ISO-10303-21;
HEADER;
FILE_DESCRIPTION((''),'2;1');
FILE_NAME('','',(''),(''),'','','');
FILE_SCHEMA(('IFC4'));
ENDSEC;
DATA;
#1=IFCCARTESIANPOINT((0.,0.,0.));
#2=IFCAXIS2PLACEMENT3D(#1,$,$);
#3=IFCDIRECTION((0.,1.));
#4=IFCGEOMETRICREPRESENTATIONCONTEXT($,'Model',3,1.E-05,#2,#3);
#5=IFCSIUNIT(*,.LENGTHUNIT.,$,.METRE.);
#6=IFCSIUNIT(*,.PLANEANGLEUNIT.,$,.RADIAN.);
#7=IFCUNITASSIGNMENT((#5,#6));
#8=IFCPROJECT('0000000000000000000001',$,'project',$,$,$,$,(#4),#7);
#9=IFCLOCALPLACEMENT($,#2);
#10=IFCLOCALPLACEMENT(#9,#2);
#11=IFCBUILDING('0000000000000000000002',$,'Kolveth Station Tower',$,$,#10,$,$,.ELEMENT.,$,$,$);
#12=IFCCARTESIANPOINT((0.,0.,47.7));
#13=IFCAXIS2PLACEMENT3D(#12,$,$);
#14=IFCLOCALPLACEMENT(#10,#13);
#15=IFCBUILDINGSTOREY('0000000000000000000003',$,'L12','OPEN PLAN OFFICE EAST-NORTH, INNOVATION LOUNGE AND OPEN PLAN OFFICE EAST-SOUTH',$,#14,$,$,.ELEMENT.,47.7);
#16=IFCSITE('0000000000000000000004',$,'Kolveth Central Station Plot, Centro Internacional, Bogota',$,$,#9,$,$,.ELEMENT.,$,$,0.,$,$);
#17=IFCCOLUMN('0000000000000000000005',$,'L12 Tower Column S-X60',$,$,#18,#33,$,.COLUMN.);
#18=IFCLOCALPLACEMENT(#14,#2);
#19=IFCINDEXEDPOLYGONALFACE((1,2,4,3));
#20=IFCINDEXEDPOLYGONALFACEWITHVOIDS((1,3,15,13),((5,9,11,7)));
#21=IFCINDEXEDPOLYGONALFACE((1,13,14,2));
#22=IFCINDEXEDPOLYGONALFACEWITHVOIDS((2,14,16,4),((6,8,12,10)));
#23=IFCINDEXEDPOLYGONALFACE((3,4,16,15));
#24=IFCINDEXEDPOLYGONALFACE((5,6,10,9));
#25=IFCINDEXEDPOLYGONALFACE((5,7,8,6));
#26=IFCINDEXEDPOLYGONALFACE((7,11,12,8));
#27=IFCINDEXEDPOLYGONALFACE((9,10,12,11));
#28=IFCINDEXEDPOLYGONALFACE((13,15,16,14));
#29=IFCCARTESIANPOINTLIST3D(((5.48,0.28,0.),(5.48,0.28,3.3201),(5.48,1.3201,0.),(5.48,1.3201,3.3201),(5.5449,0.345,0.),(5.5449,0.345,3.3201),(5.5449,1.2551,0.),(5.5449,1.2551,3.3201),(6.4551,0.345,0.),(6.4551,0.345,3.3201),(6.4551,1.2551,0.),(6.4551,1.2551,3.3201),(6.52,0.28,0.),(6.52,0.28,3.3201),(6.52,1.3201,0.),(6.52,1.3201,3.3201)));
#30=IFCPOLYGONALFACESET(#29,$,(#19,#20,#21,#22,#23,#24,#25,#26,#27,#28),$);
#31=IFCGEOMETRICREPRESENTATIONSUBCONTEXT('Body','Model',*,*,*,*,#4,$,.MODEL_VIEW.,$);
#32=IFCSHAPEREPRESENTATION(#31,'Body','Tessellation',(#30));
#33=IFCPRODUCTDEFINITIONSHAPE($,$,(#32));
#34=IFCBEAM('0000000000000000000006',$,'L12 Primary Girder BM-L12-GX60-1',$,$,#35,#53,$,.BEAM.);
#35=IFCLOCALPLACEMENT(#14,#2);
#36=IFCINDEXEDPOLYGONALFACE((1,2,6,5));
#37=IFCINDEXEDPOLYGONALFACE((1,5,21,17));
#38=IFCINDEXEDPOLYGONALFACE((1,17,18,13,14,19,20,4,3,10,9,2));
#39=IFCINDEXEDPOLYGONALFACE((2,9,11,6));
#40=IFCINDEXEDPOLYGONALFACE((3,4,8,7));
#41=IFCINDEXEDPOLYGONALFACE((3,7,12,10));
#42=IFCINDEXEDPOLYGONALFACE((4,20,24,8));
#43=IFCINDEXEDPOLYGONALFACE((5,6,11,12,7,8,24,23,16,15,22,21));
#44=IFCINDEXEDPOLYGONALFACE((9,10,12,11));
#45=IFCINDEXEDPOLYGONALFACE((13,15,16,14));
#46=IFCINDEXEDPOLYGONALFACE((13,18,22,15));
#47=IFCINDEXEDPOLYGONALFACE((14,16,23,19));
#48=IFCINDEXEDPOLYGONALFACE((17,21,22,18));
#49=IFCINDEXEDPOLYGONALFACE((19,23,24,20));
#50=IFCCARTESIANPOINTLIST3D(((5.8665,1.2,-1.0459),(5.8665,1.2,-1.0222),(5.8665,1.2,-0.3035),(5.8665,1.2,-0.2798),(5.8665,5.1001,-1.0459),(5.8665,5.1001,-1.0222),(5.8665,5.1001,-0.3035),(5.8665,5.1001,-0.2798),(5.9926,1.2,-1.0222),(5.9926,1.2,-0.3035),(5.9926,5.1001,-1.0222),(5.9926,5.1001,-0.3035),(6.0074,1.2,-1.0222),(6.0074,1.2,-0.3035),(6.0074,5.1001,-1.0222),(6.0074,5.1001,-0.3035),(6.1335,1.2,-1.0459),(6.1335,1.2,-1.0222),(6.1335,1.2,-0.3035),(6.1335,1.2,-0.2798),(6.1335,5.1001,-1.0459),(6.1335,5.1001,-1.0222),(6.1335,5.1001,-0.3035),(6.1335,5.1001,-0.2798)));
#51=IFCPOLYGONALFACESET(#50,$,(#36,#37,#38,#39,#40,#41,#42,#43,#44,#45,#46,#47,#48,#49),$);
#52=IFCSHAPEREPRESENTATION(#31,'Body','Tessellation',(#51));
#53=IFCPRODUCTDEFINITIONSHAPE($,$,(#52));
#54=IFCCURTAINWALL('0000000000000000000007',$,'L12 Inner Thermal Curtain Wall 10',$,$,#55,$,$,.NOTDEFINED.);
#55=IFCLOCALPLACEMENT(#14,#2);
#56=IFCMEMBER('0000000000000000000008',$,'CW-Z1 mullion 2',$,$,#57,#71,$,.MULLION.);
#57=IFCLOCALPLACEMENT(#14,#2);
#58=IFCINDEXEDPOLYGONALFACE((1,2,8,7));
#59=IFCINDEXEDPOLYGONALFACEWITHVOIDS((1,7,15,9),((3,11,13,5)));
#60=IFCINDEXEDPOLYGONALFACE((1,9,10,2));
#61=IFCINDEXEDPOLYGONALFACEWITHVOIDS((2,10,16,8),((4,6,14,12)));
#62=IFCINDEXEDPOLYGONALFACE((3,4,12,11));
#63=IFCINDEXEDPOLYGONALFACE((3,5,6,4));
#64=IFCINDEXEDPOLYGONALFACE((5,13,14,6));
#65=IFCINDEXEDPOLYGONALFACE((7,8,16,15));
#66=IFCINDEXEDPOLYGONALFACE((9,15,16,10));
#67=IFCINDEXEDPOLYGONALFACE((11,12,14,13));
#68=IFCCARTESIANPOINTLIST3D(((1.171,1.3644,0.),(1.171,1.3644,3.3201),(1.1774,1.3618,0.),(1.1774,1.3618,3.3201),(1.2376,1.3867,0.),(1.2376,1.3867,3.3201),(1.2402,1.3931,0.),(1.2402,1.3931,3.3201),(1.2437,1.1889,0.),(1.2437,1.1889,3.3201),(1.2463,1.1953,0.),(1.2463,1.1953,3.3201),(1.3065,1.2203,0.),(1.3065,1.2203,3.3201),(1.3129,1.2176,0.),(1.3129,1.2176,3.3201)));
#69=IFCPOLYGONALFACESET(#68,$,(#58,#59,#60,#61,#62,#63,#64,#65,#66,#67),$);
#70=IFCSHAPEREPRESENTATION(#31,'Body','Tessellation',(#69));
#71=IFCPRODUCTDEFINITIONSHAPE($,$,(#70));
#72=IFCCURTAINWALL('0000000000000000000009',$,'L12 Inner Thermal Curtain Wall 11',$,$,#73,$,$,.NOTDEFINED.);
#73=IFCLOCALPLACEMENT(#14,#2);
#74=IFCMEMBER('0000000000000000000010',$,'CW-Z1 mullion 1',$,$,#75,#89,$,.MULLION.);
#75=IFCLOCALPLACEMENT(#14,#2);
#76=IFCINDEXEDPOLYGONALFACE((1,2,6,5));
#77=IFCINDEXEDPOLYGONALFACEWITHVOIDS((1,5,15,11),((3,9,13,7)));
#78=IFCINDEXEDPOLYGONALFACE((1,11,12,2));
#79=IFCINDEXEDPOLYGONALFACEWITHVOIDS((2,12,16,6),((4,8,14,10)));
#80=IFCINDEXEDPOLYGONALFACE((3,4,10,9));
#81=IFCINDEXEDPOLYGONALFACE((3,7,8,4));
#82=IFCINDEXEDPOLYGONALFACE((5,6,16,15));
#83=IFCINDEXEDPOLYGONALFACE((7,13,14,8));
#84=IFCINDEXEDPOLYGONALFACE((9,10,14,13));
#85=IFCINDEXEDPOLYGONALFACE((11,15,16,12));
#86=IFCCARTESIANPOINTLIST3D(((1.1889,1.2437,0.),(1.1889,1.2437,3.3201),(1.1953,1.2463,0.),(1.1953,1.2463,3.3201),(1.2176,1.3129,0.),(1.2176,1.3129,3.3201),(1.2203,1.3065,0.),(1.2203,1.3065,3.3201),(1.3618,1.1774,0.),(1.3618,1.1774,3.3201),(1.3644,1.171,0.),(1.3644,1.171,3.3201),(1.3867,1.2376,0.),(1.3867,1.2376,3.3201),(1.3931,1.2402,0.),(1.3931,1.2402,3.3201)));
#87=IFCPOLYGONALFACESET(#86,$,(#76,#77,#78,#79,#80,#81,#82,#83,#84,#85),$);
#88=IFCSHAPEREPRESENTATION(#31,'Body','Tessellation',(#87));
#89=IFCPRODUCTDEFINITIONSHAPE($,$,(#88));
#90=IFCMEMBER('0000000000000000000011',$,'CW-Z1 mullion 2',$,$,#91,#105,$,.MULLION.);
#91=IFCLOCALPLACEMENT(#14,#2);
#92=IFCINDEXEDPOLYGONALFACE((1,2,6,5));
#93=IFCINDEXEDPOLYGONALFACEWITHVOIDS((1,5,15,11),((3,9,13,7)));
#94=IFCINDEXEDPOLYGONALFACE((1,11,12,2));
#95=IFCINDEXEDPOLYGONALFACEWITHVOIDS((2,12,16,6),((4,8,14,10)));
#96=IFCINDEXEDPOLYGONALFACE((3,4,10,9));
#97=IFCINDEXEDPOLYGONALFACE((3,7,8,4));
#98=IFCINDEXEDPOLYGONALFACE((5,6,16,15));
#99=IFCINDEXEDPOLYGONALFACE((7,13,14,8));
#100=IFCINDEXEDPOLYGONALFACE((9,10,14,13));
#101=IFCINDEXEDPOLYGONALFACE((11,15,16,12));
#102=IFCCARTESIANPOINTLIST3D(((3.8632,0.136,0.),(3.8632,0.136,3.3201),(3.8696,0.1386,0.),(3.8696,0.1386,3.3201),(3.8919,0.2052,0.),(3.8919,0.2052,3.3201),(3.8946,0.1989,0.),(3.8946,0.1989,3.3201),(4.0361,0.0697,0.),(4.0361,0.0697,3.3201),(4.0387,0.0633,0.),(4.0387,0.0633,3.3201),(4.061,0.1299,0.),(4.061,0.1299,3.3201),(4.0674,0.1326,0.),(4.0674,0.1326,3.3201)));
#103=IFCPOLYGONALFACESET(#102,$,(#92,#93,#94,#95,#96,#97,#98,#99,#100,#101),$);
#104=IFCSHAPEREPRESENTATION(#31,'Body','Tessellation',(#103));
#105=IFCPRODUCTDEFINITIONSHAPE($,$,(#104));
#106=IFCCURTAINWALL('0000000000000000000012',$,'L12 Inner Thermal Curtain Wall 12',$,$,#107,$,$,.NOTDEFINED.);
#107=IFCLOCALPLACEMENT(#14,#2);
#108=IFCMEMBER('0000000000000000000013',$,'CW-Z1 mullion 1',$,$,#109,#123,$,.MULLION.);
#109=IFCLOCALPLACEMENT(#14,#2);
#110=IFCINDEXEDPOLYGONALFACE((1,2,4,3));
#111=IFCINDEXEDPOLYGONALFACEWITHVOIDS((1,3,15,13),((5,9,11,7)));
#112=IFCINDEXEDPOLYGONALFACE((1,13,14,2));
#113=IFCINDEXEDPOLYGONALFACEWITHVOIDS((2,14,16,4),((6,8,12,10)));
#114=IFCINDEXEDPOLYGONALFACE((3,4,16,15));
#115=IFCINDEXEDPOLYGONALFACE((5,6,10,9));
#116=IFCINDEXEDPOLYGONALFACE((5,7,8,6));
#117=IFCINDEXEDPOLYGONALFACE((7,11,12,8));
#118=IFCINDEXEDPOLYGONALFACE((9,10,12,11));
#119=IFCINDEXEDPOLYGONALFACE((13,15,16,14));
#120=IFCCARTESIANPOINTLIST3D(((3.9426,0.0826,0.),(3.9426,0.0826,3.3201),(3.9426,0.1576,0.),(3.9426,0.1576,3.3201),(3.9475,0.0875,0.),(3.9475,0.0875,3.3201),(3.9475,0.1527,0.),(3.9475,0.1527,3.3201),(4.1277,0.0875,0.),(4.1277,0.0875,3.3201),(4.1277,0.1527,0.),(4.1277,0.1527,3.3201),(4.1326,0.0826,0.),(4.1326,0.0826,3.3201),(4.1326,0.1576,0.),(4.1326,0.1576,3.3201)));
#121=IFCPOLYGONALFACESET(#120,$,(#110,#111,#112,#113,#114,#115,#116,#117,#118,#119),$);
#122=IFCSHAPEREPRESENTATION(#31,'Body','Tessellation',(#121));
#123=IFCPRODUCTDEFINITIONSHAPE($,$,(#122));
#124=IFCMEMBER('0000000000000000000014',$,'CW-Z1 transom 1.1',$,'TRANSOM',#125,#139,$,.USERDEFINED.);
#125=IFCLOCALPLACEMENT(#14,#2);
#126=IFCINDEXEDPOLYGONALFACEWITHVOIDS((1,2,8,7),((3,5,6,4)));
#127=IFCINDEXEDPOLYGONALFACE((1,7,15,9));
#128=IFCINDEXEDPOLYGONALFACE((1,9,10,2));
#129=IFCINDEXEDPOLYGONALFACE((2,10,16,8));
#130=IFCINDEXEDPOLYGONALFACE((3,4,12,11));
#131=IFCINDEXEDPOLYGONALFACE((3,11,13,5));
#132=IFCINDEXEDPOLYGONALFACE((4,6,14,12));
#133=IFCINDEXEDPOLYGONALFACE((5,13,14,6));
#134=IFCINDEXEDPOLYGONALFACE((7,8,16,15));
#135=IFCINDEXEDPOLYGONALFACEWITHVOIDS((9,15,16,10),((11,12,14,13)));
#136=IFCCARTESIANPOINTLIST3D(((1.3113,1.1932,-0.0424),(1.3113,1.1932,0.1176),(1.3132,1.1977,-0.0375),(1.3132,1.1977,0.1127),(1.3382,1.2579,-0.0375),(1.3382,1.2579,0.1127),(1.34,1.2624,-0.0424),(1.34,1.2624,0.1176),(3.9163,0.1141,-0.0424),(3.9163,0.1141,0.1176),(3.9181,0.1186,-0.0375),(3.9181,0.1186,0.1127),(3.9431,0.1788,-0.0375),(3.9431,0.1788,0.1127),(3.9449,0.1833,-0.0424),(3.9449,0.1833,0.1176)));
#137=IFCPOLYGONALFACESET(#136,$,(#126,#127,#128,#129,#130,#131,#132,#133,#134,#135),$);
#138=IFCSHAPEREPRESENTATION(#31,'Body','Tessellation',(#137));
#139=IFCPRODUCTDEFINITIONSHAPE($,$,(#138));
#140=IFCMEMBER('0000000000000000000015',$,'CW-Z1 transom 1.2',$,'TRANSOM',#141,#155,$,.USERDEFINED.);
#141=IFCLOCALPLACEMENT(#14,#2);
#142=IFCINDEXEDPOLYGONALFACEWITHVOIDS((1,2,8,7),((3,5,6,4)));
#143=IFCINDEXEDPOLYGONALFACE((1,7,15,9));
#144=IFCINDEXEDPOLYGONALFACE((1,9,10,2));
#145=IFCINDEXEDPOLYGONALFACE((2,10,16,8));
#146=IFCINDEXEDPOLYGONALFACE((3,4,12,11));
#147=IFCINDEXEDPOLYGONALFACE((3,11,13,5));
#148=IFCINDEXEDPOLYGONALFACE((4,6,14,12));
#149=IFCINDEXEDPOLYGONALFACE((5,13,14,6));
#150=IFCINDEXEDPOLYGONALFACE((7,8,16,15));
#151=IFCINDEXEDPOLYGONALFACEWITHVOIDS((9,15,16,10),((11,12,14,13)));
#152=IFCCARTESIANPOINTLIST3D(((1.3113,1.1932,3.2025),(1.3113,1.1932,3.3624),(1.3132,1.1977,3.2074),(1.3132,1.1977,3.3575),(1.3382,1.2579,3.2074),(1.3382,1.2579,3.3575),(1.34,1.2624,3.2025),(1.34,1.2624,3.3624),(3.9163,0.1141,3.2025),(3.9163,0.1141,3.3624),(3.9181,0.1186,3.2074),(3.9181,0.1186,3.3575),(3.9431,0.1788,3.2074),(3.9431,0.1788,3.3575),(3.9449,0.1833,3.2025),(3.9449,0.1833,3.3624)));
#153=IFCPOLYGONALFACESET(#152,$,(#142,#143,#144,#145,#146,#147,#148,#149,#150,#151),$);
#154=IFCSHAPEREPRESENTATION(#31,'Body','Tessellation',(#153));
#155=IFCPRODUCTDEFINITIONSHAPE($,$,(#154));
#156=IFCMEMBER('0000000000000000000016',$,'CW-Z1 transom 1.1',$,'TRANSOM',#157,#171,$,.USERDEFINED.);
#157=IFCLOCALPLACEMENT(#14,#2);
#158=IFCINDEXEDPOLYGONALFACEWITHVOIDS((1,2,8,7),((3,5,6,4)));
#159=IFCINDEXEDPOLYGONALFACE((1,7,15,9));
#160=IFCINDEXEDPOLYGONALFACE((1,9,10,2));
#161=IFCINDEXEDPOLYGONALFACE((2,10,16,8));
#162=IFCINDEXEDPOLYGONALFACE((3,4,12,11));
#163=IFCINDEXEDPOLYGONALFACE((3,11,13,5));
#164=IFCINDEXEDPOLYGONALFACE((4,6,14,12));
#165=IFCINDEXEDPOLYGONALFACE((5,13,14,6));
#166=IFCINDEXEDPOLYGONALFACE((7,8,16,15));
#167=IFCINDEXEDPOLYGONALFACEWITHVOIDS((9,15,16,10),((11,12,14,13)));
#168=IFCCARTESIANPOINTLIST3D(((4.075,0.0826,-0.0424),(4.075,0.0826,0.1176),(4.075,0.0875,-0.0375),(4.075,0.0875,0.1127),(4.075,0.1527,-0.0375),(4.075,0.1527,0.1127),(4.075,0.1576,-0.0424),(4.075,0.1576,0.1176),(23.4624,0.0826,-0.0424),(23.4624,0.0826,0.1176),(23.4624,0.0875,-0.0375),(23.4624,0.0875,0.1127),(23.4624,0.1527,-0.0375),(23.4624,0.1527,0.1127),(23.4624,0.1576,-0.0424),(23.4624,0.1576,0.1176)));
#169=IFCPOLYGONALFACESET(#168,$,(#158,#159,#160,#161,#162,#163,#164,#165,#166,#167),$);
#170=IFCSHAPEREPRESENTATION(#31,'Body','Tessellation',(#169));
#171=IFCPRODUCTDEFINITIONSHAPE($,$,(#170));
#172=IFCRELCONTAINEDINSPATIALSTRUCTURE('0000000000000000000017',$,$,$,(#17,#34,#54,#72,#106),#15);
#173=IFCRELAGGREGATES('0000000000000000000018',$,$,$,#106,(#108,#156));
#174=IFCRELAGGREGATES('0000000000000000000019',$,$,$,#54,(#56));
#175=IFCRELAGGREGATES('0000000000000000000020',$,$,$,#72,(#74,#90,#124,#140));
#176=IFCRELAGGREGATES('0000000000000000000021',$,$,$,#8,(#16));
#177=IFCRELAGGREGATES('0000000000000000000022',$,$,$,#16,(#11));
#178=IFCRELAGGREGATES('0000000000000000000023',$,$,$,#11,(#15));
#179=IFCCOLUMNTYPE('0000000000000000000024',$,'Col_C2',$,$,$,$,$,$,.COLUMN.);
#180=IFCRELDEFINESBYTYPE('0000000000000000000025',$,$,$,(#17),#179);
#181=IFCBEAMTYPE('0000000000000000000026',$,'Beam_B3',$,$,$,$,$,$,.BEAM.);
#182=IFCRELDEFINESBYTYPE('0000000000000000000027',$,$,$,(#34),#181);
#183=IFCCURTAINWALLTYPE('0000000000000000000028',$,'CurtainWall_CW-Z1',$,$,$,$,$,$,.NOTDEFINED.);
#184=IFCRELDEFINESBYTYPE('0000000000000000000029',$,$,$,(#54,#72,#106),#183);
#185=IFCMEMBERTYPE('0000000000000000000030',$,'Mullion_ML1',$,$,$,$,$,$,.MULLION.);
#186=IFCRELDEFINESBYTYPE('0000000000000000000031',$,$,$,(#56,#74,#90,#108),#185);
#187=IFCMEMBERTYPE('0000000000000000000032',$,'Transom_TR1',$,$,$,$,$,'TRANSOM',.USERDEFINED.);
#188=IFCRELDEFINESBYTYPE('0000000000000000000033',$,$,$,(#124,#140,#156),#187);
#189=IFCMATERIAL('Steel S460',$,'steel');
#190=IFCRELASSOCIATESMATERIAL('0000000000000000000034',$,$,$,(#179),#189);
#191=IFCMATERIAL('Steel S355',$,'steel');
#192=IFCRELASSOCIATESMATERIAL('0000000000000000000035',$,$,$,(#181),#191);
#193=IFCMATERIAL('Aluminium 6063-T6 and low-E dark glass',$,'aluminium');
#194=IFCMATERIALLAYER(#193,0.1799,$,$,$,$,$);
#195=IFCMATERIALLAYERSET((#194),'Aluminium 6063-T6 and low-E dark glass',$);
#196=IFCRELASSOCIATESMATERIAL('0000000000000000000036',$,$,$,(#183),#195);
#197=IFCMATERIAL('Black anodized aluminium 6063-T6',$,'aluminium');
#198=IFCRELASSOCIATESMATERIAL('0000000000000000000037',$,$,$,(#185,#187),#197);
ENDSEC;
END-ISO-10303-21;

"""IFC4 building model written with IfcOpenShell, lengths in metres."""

from ifc_helpers import new_model, si_unit, direction, frame, origin, origin_2d, place, context, subcontext, project, spatial, hollow_rectangle, i_section, extrude, source, transform, mapped, material, layer, layer_set, material_profile, profile_set, type_object, element, aggregate, save


model = new_model("IFC4")

# Units and contexts
model_context = context("Model", 3, precision=1e-05, world=origin(), true_north=direction((0.0, 1.0)))
body_context = subcontext(model_context, "Body", "Model", "MODEL_VIEW")
ifc_project = project(units=[si_unit("LENGTHUNIT", "METRE"), si_unit("PLANEANGLEUNIT", "RADIAN")], contexts=[model_context])

# Site, building, storey
site_placement = place(None, origin())
site = spatial("IfcSite", under=ifc_project, at=site_placement, Name="Kolveth Central Station Plot, Centro Internacional, Bogota", CompositionType="ELEMENT", RefElevation=0.0)
building_placement = place(site_placement, origin())
building = spatial("IfcBuilding", under=site, at=building_placement, Name="Kolveth Station Tower", CompositionType="ELEMENT")
storey_placement = place(building_placement, frame((0.0, 0.0, 47.7)))
storey = spatial("IfcBuildingStorey", under=building, at=storey_placement, Name="L12", Description="OPEN PLAN OFFICE EAST-NORTH, INNOVATION LOUNGE AND OPEN PLAN OFFICE EAST-SOUTH", CompositionType="ELEMENT", Elevation=47.7)

# Column
ifc_material_1 = material(Name="Steel S460", Category="steel")
ifc_material_profile_1 = material_profile(ifc_material_1, hollow_rectangle(XDim=1.04, YDim=1.04, WallThickness=0.0649, at=origin_2d()), Name="BOX1040x1040x65")
ifc_profile_set_1 = profile_set([ifc_material_profile_1], Name="Steel S460")
column_type = type_object("IfcColumnType", Name="Col_C2", PredefinedType="COLUMN", material=ifc_profile_set_1)
shared_shape_1 = source(origin(), body_context, "Body", "SweptSolid", [
    extrude(hollow_rectangle(XDim=1.04, YDim=1.04, WallThickness=0.0649, at=origin_2d()), origin(), (0.0, 0.0, 1.0), 3.3201),
])
column_placement = place(storey_placement, frame((6.0, 0.8, 0.0), z_axis=(0.0, 0.0, 1.0), x_axis=(1.0, 0.0, 0.0)))
element("IfcColumn", 1, at=column_placement, inside=storey, type_object=column_type, Name="L12 Tower Column S-X60", PredefinedType="COLUMN", context=body_context, shape_type="MappedRepresentation", body=[
    mapped(shared_shape_1, transform((0.0, 0.0, 0.0), x_axis=(1.0, 0.0, 0.0), y_axis=(0.0, 1.0, 0.0), z_axis=(0.0, 0.0, 1.0), scale=1.0)),
])

# Beam
ifc_material_2 = material(Name="Steel S355", Category="steel")
ifc_material_profile_2 = material_profile(ifc_material_2, i_section(OverallWidth=0.2671, OverallDepth=0.7661, WebThickness=0.0149, FlangeThickness=0.0237, at=origin_2d()), Name="W760x185")
ifc_profile_set_2 = profile_set([ifc_material_profile_2], Name="Steel S355")
beam_type = type_object("IfcBeamType", Name="Beam_B3", PredefinedType="BEAM", material=ifc_profile_set_2)
shared_shape_2 = source(origin(), body_context, "Body", "SweptSolid", [
    extrude(i_section(OverallWidth=0.2671, OverallDepth=0.7661, WebThickness=0.0149, FlangeThickness=0.0237, at=origin_2d()), origin(), (0.0, 0.0, 1.0), 3.9001),
])
beam_placement = place(storey_placement, frame((6.0, 1.2, -0.6628), z_axis=(0.0, 1.0, 0.0), x_axis=(-1.0, 0.0, 0.0)))
element("IfcBeam", 2, at=beam_placement, inside=storey, type_object=beam_type, Name="L12 Primary Girder BM-L12-GX60-1", PredefinedType="BEAM", context=body_context, shape_type="MappedRepresentation", body=[
    mapped(shared_shape_2, transform((0.0, 0.0, 0.0), x_axis=(1.0, 0.0, 0.0), y_axis=(0.0, 1.0, 0.0), z_axis=(0.0, 0.0, 1.0), scale=1.0)),
])

# Curtain wall, member
ifc_material_3 = material(Name="Aluminium 6063-T6 and low-E dark glass", Category="aluminium")
ifc_layer_1 = layer(ifc_material_3, 0.1799)
ifc_layer_set_1 = layer_set([ifc_layer_1], Name="Aluminium 6063-T6 and low-E dark glass")
curtain_wall_type_1 = type_object("IfcCurtainWallType", Name="CurtainWall_CW-Z1", PredefinedType="NOTDEFINED", material=ifc_layer_set_1)
curtain_wall_1_placement = place(storey_placement, origin())
curtain_wall_1 = element("IfcCurtainWall", 3, at=curtain_wall_1_placement, inside=storey, type_object=curtain_wall_type_1, Name="L12 Inner Thermal Curtain Wall 10", PredefinedType="NOTDEFINED")
ifc_material_4 = material(Name="Black anodized aluminium 6063-T6", Category="aluminium")
ifc_material_profile_3 = material_profile(ifc_material_4, hollow_rectangle(XDim=0.075, YDim=0.1899, WallThickness=0.0049, at=origin_2d()), Name="ALU-75x190x5")
ifc_profile_set_3 = profile_set([ifc_material_profile_3], Name="Black anodized aluminium 6063-T6")
member_type_1 = type_object("IfcMemberType", Name="Mullion_ML1", PredefinedType="MULLION", material=ifc_profile_set_3)
shared_shape_3 = source(origin(), body_context, "Body", "SweptSolid", [
    extrude(hollow_rectangle(XDim=0.075, YDim=0.1899, WallThickness=0.0049, at=origin_2d()), origin(), (0.0, 0.0, 1.0), 3.3201),
])
member_1_placement = place(storey_placement, frame((1.2419, 1.291, 0.0), z_axis=(0.0, 0.0, 1.0), x_axis=(0.923884, 0.382673, 0.0)))
member_1 = element("IfcMember", 4, at=member_1_placement, type_object=member_type_1, Name="CW-Z1 mullion 2", PredefinedType="MULLION", context=body_context, shape_type="MappedRepresentation", body=[
    mapped(shared_shape_3, transform((0.0, 0.0, 0.0), x_axis=(1.0, 0.0, 0.0), y_axis=(0.0, 1.0, 0.0), z_axis=(0.0, 0.0, 1.0), scale=1.0)),
])

# Curtain wall, members
curtain_wall_2_placement = place(storey_placement, origin())
curtain_wall_2 = element("IfcCurtainWall", 5, at=curtain_wall_2_placement, inside=storey, type_object=curtain_wall_type_1, Name="L12 Inner Thermal Curtain Wall 11", PredefinedType="NOTDEFINED")
member_2_placement = place(storey_placement, frame((1.291, 1.2419, 0.0), z_axis=(0.0, 0.0, 1.0), x_axis=(0.382673, 0.923884, 0.0)))
member_2 = element("IfcMember", 6, at=member_2_placement, type_object=member_type_1, Name="CW-Z1 mullion 1", PredefinedType="MULLION", context=body_context, shape_type="MappedRepresentation", body=[
    mapped(shared_shape_3, transform((0.0, 0.0, 0.0), x_axis=(1.0, 0.0, 0.0), y_axis=(0.0, 1.0, 0.0), z_axis=(0.0, 0.0, 1.0), scale=1.0)),
])
member_3_placement = place(storey_placement, frame((3.9653, 0.1343, 0.0), z_axis=(0.0, 0.0, 1.0), x_axis=(0.382673, 0.923884, 0.0)))
member_3 = element("IfcMember", 7, at=member_3_placement, type_object=member_type_1, Name="CW-Z1 mullion 2", PredefinedType="MULLION", context=body_context, shape_type="MappedRepresentation", body=[
    mapped(shared_shape_3, transform((0.0, 0.0, 0.0), x_axis=(1.0, 0.0, 0.0), y_axis=(0.0, 1.0, 0.0), z_axis=(0.0, 0.0, 1.0), scale=1.0)),
])

# Curtain wall, member
curtain_wall_3_placement = place(storey_placement, origin())
curtain_wall_3 = element("IfcCurtainWall", 8, at=curtain_wall_3_placement, inside=storey, type_object=curtain_wall_type_1, Name="L12 Inner Thermal Curtain Wall 12", PredefinedType="NOTDEFINED")
member_4_placement = place(storey_placement, frame((4.0376, 0.1201, 0.0), z_axis=(0.0, 0.0, 1.0), x_axis=(0.0, 1.0, 0.0)))
member_4 = element("IfcMember", 9, at=member_4_placement, type_object=member_type_1, Name="CW-Z1 mullion 1", PredefinedType="MULLION", context=body_context, shape_type="MappedRepresentation", body=[
    mapped(shared_shape_3, transform((0.0, 0.0, 0.0), x_axis=(1.0, 0.0, 0.0), y_axis=(0.0, 1.0, 0.0), z_axis=(0.0, 0.0, 1.0), scale=1.0)),
])

# Members
ifc_material_profile_4 = material_profile(ifc_material_4, hollow_rectangle(XDim=0.075, YDim=0.1599, WallThickness=0.0049, at=origin_2d()), Name="ALU-75x160x5")
ifc_profile_set_4 = profile_set([ifc_material_profile_4], Name="Black anodized aluminium 6063-T6")
member_type_2 = type_object("IfcMemberType", Name="Transom_TR1", ElementType="TRANSOM", PredefinedType="USERDEFINED", material=ifc_profile_set_4)
shared_shape_4 = source(origin(), body_context, "Body", "SweptSolid", [
    extrude(hollow_rectangle(XDim=0.075, YDim=0.1599, WallThickness=0.0049, at=origin_2d()), origin(), (0.0, 0.0, 1.0), 2.8196),
])
member_5_placement = place(storey_placement, frame((1.3257, 1.2278, 0.0376), z_axis=(0.923869, -0.382709, 0.0), x_axis=(0.382709, 0.923869, 0.0)))
member_5 = element("IfcMember", 10, at=member_5_placement, type_object=member_type_2, Name="CW-Z1 transom 1.1", ObjectType="TRANSOM", PredefinedType="USERDEFINED", context=body_context, shape_type="MappedRepresentation", body=[
    mapped(shared_shape_4, transform((0.0, 0.0, 0.0), x_axis=(1.0, 0.0, 0.0), y_axis=(0.0, 1.0, 0.0), z_axis=(0.0, 0.0, 1.0), scale=1.0)),
])
member_6_placement = place(storey_placement, frame((1.3257, 1.2278, 3.2825), z_axis=(0.923869, -0.382709, 0.0), x_axis=(0.382709, 0.923869, 0.0)))
member_6 = element("IfcMember", 11, at=member_6_placement, type_object=member_type_2, Name="CW-Z1 transom 1.2", ObjectType="TRANSOM", PredefinedType="USERDEFINED", context=body_context, shape_type="MappedRepresentation", body=[
    mapped(shared_shape_4, transform((0.0, 0.0, 0.0), x_axis=(1.0, 0.0, 0.0), y_axis=(0.0, 1.0, 0.0), z_axis=(0.0, 0.0, 1.0), scale=1.0)),
])
shared_shape_5 = source(origin(), body_context, "Body", "SweptSolid", [
    extrude(hollow_rectangle(XDim=0.075, YDim=0.1599, WallThickness=0.0049, at=origin_2d()), origin(), (0.0, 0.0, 1.0), 19.3875),
])
member_7_placement = place(storey_placement, frame((4.075, 0.1201, 0.0376), z_axis=(1.0, 0.0, 0.0), x_axis=(0.0, 1.0, 0.0)))
member_7 = element("IfcMember", 12, at=member_7_placement, type_object=member_type_2, Name="CW-Z1 transom 1.1", ObjectType="TRANSOM", PredefinedType="USERDEFINED", context=body_context, shape_type="MappedRepresentation", body=[
    mapped(shared_shape_5, transform((0.0, 0.0, 0.0), x_axis=(1.0, 0.0, 0.0), y_axis=(0.0, 1.0, 0.0), z_axis=(0.0, 0.0, 1.0), scale=1.0)),
])
aggregate(curtain_wall_3, [member_4, member_7])

aggregate(curtain_wall_1, [member_1])
aggregate(curtain_wall_2, [member_2, member_3, member_5, member_6])

save(model, "model.ifc")
